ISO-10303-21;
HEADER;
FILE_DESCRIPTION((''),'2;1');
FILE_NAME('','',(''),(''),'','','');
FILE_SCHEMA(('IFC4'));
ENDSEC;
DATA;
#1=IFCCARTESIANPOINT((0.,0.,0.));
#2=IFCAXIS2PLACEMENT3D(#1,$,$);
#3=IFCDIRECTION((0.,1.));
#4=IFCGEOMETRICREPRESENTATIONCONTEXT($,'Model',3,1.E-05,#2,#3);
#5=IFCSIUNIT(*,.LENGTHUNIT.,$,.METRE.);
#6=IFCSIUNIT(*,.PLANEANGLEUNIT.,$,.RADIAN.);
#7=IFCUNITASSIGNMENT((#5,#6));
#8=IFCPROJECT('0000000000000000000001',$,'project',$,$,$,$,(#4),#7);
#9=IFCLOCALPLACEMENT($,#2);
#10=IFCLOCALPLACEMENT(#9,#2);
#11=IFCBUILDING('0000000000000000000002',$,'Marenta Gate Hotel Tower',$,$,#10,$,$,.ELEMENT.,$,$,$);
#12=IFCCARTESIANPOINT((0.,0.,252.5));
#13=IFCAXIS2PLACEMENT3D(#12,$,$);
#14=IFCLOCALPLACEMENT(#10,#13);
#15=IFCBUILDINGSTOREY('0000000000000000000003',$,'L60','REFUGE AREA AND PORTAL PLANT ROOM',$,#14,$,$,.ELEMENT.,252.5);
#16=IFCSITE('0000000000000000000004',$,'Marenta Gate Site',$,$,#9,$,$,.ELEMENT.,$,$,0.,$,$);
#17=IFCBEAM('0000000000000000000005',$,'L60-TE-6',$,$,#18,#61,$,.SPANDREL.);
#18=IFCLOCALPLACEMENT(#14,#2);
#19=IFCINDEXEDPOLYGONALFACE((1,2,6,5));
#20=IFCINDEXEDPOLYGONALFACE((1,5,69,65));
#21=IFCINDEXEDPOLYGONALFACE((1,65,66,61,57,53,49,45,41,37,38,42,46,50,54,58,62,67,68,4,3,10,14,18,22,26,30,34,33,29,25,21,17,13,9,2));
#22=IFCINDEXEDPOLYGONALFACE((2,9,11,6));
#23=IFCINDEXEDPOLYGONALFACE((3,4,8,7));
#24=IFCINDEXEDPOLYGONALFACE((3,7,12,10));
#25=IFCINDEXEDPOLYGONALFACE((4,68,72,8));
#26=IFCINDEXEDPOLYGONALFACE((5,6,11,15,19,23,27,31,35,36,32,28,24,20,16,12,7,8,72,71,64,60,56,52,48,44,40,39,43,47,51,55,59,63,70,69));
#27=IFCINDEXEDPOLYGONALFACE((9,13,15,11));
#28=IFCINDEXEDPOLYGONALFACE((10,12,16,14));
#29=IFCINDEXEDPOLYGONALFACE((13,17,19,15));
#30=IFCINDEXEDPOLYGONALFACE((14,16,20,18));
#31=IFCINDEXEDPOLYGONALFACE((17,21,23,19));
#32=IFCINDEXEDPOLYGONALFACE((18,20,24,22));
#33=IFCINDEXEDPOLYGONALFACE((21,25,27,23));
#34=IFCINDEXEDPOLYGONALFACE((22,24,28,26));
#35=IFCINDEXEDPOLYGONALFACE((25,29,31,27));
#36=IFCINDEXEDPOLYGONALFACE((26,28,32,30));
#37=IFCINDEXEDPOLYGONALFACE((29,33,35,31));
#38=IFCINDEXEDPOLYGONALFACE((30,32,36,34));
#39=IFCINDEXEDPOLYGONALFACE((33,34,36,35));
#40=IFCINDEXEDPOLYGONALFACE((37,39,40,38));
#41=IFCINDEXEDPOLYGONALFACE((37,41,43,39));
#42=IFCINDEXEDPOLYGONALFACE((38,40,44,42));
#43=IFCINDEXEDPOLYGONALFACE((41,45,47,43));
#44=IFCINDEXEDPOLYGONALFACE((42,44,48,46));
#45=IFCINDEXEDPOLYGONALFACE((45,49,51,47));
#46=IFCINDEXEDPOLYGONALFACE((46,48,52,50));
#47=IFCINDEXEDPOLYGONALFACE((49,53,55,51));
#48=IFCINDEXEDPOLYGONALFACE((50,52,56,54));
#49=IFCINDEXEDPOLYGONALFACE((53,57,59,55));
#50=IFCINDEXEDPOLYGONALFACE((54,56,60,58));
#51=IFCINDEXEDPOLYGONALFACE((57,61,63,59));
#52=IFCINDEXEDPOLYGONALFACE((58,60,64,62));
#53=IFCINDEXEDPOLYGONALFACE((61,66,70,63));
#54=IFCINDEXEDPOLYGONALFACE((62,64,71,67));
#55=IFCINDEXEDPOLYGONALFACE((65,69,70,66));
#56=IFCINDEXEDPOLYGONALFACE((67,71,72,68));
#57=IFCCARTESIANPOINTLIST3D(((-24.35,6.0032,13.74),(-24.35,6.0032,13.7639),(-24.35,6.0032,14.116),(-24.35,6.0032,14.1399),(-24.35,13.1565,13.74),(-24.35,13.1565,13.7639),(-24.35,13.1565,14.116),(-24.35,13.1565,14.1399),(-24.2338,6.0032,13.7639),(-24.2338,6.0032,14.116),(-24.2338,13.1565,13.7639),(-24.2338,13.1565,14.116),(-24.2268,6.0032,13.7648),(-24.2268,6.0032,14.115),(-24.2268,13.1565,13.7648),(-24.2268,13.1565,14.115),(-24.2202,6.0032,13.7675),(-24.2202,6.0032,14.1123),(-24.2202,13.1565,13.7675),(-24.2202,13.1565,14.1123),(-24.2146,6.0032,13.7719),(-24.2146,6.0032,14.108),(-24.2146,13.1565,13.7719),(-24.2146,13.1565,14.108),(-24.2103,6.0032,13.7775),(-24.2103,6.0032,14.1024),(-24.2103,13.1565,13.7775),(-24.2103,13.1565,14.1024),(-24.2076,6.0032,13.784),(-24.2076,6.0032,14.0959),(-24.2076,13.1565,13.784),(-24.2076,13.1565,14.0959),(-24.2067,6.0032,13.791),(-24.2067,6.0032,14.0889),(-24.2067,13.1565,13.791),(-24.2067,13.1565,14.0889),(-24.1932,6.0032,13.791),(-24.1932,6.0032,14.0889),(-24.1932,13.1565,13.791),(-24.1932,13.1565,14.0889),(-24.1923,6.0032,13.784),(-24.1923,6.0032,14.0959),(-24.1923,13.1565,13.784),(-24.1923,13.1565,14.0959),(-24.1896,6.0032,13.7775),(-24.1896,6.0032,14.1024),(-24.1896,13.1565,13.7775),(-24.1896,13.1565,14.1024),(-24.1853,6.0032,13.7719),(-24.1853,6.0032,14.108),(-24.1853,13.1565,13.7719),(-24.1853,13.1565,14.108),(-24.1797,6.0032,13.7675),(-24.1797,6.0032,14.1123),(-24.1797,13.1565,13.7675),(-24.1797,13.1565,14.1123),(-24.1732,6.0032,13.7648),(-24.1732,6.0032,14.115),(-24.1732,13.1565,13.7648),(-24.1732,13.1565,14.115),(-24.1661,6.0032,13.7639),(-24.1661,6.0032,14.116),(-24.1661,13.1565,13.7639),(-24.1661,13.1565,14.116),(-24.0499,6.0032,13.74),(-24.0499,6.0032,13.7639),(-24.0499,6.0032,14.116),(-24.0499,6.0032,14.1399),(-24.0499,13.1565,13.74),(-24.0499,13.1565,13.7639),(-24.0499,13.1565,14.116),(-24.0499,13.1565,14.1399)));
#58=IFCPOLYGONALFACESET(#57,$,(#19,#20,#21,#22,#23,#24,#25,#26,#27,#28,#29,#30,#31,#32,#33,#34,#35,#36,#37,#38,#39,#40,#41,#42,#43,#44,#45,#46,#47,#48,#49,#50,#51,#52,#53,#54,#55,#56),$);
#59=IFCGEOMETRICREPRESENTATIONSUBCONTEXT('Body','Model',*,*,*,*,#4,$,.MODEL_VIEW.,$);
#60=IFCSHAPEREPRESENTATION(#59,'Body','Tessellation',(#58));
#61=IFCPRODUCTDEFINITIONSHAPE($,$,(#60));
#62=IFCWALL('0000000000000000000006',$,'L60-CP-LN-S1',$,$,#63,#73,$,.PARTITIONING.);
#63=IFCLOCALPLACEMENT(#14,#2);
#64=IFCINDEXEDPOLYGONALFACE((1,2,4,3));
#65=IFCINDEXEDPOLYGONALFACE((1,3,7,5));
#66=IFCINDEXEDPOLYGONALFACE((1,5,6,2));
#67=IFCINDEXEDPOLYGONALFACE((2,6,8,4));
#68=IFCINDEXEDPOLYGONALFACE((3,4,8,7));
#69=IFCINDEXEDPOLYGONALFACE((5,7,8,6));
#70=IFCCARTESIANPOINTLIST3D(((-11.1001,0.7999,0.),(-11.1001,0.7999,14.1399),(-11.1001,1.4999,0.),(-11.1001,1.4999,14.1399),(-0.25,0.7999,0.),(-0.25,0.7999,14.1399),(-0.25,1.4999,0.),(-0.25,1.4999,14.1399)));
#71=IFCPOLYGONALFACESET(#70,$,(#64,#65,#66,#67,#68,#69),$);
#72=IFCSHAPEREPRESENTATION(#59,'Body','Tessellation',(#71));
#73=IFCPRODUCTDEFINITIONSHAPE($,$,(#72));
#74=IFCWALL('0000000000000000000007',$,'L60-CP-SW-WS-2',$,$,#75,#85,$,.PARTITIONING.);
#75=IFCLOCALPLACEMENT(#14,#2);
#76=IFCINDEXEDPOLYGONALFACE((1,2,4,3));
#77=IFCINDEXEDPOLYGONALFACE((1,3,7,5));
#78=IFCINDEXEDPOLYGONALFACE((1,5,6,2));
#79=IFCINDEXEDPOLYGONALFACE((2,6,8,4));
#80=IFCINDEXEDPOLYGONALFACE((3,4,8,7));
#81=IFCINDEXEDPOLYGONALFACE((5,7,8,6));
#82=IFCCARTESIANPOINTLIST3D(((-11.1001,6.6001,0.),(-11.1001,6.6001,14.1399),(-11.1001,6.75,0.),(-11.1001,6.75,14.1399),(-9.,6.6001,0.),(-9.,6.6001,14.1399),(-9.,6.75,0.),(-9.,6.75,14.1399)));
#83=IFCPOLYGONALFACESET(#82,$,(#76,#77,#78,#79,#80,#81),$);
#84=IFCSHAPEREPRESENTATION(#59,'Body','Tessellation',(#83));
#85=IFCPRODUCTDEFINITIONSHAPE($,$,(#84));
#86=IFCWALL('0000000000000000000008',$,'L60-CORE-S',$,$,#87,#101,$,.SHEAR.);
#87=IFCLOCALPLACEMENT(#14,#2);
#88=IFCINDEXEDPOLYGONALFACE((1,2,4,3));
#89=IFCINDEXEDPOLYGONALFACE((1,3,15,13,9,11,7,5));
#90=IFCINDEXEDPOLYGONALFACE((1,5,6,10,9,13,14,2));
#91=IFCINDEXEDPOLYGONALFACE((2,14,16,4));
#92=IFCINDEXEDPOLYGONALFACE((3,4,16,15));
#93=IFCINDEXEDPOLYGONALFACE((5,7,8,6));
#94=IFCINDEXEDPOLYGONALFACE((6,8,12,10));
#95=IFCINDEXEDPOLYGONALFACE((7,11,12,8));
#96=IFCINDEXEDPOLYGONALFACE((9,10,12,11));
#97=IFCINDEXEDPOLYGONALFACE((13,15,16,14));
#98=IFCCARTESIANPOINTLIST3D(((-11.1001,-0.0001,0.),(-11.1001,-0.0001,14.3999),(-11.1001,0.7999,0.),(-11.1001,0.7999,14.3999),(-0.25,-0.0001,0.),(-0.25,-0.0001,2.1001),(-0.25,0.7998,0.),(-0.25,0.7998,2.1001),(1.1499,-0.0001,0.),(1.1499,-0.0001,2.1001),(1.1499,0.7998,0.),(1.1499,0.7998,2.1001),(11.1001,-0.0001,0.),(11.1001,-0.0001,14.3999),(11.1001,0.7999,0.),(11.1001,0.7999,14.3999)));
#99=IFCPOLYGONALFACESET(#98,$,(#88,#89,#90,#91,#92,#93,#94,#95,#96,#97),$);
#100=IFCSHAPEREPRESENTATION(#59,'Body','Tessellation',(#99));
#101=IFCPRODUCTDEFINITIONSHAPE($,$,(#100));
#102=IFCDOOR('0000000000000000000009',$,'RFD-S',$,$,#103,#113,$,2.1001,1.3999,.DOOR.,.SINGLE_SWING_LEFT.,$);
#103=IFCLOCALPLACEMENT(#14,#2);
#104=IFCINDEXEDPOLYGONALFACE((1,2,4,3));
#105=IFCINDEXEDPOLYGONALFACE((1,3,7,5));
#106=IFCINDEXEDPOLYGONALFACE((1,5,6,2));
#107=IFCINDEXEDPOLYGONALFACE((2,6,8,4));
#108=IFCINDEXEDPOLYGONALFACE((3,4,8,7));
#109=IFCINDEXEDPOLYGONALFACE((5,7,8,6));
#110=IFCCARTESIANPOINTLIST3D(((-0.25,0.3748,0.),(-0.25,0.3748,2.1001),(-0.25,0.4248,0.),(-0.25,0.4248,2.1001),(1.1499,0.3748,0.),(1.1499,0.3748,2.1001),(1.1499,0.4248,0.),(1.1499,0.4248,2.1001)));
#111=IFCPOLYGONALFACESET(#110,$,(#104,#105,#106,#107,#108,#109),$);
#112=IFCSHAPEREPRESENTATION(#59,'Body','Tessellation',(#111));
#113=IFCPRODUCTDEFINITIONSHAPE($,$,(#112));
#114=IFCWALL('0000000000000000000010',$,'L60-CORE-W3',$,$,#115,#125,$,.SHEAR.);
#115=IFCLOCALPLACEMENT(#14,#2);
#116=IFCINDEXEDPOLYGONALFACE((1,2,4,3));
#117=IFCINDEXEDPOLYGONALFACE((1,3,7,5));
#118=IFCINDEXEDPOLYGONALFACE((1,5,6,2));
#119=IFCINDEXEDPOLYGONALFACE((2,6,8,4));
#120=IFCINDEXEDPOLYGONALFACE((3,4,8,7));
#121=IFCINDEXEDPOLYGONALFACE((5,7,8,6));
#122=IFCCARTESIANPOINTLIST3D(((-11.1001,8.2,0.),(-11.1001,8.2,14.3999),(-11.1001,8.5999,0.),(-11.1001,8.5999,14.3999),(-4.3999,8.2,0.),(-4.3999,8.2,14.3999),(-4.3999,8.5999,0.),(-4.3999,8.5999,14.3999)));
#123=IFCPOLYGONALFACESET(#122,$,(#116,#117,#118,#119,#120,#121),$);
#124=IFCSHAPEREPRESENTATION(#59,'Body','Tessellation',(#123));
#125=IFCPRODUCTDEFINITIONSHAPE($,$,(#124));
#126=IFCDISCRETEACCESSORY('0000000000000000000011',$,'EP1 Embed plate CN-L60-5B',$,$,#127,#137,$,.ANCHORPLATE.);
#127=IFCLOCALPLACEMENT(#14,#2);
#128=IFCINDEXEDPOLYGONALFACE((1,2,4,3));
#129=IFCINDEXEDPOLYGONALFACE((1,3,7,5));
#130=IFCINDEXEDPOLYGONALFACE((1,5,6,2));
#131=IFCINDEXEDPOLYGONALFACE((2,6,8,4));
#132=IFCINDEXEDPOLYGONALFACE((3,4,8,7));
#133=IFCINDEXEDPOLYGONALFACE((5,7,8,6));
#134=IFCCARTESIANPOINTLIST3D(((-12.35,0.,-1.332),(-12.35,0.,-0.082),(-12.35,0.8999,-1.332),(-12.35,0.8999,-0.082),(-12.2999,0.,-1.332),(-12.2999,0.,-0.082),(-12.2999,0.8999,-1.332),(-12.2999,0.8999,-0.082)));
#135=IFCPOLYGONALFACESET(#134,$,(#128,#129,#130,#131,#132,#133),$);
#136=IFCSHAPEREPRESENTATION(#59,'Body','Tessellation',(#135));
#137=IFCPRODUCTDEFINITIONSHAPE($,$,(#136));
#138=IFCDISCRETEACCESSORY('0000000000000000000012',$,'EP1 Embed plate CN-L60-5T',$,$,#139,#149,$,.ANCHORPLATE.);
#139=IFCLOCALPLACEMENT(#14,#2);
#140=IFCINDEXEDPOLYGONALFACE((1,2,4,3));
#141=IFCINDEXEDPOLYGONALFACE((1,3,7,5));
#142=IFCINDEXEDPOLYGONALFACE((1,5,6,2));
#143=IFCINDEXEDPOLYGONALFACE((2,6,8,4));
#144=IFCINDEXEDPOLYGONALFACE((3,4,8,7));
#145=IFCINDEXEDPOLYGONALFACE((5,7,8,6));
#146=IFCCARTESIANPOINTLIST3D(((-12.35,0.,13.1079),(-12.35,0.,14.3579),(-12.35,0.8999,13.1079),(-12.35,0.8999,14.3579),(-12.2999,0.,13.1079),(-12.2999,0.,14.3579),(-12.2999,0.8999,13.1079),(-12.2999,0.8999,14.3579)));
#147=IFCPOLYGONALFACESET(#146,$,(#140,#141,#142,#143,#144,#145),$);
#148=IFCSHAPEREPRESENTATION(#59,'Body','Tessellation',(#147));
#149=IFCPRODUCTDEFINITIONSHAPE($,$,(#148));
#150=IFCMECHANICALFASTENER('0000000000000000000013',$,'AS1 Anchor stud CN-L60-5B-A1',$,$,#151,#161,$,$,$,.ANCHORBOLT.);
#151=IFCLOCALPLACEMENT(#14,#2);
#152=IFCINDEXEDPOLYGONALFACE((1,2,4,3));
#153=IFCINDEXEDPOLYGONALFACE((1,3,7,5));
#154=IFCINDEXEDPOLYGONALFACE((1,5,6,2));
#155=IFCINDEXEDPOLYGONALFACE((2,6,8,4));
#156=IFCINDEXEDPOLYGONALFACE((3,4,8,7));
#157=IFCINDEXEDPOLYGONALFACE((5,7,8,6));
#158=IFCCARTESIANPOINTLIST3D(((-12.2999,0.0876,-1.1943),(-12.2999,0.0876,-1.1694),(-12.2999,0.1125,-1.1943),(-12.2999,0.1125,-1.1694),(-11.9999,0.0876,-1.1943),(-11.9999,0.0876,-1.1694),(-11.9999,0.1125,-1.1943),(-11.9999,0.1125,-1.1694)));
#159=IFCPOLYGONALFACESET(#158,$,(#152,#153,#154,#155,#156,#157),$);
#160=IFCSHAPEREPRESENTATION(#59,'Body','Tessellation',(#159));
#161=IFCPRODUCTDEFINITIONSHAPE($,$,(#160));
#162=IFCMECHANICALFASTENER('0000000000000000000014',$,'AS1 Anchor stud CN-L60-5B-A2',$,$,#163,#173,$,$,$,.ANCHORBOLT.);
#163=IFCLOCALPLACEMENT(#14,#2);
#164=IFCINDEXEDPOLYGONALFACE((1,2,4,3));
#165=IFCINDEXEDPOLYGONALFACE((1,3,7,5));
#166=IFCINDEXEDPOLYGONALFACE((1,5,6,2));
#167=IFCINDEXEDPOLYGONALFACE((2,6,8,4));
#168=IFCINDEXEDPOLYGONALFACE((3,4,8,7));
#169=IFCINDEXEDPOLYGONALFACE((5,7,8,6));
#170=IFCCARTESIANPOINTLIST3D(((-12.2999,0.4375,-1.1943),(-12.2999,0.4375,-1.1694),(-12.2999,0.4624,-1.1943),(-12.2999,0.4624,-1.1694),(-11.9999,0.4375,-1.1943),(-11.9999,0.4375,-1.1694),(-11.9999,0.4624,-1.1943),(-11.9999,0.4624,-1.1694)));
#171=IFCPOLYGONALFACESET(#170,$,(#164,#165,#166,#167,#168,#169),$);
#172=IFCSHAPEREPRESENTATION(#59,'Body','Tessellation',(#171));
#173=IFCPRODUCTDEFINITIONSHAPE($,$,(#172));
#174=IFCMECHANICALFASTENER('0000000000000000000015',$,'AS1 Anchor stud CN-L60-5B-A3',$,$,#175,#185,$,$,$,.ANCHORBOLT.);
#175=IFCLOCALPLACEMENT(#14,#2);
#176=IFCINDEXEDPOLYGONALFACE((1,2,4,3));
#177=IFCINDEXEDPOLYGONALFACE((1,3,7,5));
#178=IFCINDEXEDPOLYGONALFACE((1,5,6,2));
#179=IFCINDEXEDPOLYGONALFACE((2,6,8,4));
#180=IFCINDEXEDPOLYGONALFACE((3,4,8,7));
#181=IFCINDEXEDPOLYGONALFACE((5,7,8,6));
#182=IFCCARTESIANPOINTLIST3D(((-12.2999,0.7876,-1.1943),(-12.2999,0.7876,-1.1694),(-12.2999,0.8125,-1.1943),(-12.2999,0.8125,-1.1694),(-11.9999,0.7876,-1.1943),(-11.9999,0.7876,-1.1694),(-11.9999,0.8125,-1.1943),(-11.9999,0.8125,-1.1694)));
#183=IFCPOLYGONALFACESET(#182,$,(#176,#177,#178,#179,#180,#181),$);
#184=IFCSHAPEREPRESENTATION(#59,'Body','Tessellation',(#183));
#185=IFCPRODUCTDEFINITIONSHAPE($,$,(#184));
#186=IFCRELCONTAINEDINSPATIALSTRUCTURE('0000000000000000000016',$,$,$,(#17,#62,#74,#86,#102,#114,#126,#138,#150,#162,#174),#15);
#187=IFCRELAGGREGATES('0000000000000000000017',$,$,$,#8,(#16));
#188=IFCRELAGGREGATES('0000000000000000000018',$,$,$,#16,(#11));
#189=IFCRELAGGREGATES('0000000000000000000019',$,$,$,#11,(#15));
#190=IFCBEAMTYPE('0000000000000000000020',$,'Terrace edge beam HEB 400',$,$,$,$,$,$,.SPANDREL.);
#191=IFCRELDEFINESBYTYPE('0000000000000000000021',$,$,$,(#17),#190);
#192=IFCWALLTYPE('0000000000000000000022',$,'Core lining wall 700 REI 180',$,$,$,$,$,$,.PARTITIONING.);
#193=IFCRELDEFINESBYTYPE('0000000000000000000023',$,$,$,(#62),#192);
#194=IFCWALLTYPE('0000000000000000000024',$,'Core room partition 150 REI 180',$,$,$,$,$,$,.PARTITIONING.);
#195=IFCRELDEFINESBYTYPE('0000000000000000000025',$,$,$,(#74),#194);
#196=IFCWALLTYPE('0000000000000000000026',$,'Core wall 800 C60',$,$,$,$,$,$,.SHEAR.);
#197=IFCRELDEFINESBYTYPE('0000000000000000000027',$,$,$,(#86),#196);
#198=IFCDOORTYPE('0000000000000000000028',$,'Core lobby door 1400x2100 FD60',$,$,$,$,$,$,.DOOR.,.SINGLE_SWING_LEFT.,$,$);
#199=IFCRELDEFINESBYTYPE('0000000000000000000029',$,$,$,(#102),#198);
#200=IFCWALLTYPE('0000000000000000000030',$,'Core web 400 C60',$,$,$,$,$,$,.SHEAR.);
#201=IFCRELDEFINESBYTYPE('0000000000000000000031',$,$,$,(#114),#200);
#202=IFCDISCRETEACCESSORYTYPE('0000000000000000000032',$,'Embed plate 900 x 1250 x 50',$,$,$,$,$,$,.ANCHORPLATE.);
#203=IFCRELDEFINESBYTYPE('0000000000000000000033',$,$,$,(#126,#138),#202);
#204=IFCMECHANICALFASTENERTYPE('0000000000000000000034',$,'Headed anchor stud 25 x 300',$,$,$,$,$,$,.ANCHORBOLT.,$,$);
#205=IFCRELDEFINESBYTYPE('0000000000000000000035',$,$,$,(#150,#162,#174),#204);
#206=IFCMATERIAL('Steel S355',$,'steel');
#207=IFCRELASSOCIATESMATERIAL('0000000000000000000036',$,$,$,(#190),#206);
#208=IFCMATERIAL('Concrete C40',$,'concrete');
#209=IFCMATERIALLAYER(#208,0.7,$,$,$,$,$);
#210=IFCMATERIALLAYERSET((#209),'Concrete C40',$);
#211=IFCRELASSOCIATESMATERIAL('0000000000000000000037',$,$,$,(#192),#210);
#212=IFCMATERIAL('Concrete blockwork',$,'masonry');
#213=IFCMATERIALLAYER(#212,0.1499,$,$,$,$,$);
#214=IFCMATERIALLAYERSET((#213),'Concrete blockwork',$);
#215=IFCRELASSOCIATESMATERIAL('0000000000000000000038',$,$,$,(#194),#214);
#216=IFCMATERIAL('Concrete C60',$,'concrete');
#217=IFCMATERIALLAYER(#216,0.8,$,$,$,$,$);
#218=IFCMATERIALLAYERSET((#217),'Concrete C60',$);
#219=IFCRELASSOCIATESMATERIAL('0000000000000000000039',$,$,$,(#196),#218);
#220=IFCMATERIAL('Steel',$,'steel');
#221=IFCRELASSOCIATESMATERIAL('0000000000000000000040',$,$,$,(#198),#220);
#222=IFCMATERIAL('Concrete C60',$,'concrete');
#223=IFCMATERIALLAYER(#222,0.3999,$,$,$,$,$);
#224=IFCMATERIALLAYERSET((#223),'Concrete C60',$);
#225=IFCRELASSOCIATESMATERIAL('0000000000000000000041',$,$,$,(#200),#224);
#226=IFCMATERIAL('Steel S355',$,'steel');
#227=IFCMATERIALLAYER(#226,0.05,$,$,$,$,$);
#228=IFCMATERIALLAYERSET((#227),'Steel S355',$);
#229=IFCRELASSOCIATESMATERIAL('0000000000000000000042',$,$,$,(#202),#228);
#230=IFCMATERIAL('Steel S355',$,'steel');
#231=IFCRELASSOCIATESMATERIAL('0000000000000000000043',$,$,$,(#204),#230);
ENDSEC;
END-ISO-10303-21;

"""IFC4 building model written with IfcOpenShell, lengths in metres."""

from ifc_helpers import new_model, si_unit, direction, frame, frame_2d, origin, origin_2d, place, context, subcontext, project, spatial, rectangle, i_section, extrude, material, layer, layer_set, material_profile, profile_set, type_object, element, fill, save


model = new_model("IFC4")

# Units and contexts
model_context = context("Model", 3, precision=1e-05, world=origin(), true_north=direction((0.0, 1.0)))
body_context = subcontext(model_context, "Body", "Model", "MODEL_VIEW")
ifc_project = project(units=[si_unit("LENGTHUNIT", "METRE"), si_unit("PLANEANGLEUNIT", "RADIAN")], contexts=[model_context])

# Site, building, storey
site_placement = place(None, origin())
site = spatial("IfcSite", under=ifc_project, at=site_placement, Name="Marenta Gate Site", CompositionType="ELEMENT", RefElevation=0.0)
building_placement = place(site_placement, origin())
building = spatial("IfcBuilding", under=site, at=building_placement, Name="Marenta Gate Hotel Tower", CompositionType="ELEMENT")
storey_placement = place(building_placement, frame((0.0, 0.0, 252.5)))
storey = spatial("IfcBuildingStorey", under=building, at=storey_placement, Name="L60", Description="REFUGE AREA AND PORTAL PLANT ROOM", CompositionType="ELEMENT", Elevation=252.5)

# Beam
ifc_material_1 = material(Name="Steel S355", Category="steel")
ifc_material_profile_1 = material_profile(ifc_material_1, i_section(OverallWidth=0.3, OverallDepth=0.3999, WebThickness=0.0134, FlangeThickness=0.0239, FilletRadius=0.0271, at=origin_2d()), Name="HEB 400")
ifc_profile_set_1 = profile_set([ifc_material_profile_1], Name="Steel S355")
beam_type_1 = type_object("IfcBeamType", Name="Terrace edge beam HEB 400", PredefinedType="SPANDREL", material=ifc_profile_set_1)
beam_1_placement = place(storey_placement, frame((-24.2, 6.0032, 13.9399), z_axis=(0.0, 1.0, 0.0), x_axis=(-1.0, 0.0, 0.0)))
element("IfcBeam", 1, at=beam_1_placement, inside=storey, type_object=beam_type_1, Name="L60-TE-6", PredefinedType="SPANDREL", context=body_context, shape_type="SweptSolid", body=[
    extrude(i_section(OverallWidth=0.3, OverallDepth=0.3999, WebThickness=0.0134, FlangeThickness=0.0239, FilletRadius=0.0271, at=origin_2d()), origin(), (0.0, 0.0, 1.0), 7.1533),
])

# Walls
ifc_material_2 = material(Name="Concrete C40", Category="concrete")
ifc_layer_1 = layer(ifc_material_2, 0.7)
ifc_layer_set_1 = layer_set([ifc_layer_1], Name="Concrete C40")
wall_type_1 = type_object("IfcWallType", Name="Core lining wall 700 REI 180", PredefinedType="PARTITIONING", material=ifc_layer_set_1)
wall_1_placement = place(storey_placement, frame((-11.1001, 1.1499, 0.0), z_axis=(0.0, 0.0, 1.0), x_axis=(1.0, 0.0, 0.0)))
element("IfcWall", 2, at=wall_1_placement, inside=storey, type_object=wall_type_1, Name="L60-CP-LN-S1", PredefinedType="PARTITIONING", context=body_context, shape_type="SweptSolid", body=[
    extrude(rectangle(XDim=10.8501, YDim=0.7, at=frame_2d((5.425, 0.0))), origin(), (0.0, 0.0, 1.0), 14.1399),
])
ifc_material_3 = material(Name="Concrete blockwork", Category="masonry")
ifc_layer_2 = layer(ifc_material_3, 0.1499)
ifc_layer_set_2 = layer_set([ifc_layer_2], Name="Concrete blockwork")
wall_type_2 = type_object("IfcWallType", Name="Core room partition 150 REI 180", PredefinedType="PARTITIONING", material=ifc_layer_set_2)
wall_2_placement = place(storey_placement, frame((-11.1001, 6.675, 0.0), z_axis=(0.0, 0.0, 1.0), x_axis=(1.0, 0.0, 0.0)))
element("IfcWall", 3, at=wall_2_placement, inside=storey, type_object=wall_type_2, Name="L60-CP-SW-WS-2", PredefinedType="PARTITIONING", context=body_context, shape_type="SweptSolid", body=[
    extrude(rectangle(XDim=2.1001, YDim=0.1499, at=frame_2d((1.05, 0.0))), origin(), (0.0, 0.0, 1.0), 14.1399),
])

# Wall, opening, door
ifc_material_4 = material(Name="Concrete C60", Category="concrete")
ifc_layer_3 = layer(ifc_material_4, 0.8)
ifc_layer_set_3 = layer_set([ifc_layer_3], Name="Concrete C60")
wall_type_3 = type_object("IfcWallType", Name="Core wall 800 C60", PredefinedType="SHEAR", material=ifc_layer_set_3)
wall_3_placement = place(storey_placement, frame((-11.1001, 0.3999, 0.0), z_axis=(0.0, 0.0, 1.0), x_axis=(1.0, 0.0, 0.0)))
wall_3 = element("IfcWall", 4, at=wall_3_placement, inside=storey, type_object=wall_type_3, Name="L60-CORE-S", PredefinedType="SHEAR", context=body_context, shape_type="SweptSolid", body=[
    extrude(rectangle(XDim=22.2002, YDim=0.8, at=frame_2d((11.1001, 0.0))), origin(), (0.0, 0.0, 1.0), 14.3999),
])
opening_placement = place(wall_3_placement, frame((10.8501, 0.0, 0.0)))
opening = element("IfcOpeningElement", 5, at=opening_placement, cuts=wall_3, PredefinedType="OPENING", context=body_context, shape_type="SweptSolid", body=[
    extrude(rectangle(XDim=1.3999, YDim=2.1001, at=frame_2d((0.7, 1.05))), frame((0.0, 0.3999, 0.0), z_axis=(0.0, -1.0, 0.0), x_axis=(1.0, 0.0, 0.0)), (0.0, 0.0, 1.0), 0.8),
])
ifc_material_5 = material(Name="Steel", Category="steel")
door_type = type_object("IfcDoorType", Name="Core lobby door 1400x2100 FD60", OperationType="SINGLE_SWING_LEFT", PredefinedType="DOOR", material=ifc_material_5)
door_placement = place(opening_placement, origin())
door = element("IfcDoor", 6, at=door_placement, inside=storey, type_object=door_type, Name="RFD-S", OperationType="SINGLE_SWING_LEFT", OverallHeight=2.1001, OverallWidth=1.3999, PredefinedType="DOOR", context=body_context, shape_type="SweptSolid", body=[
    extrude(rectangle(XDim=1.3999, YDim=2.1001, at=frame_2d((0.7, 1.05))), frame((0.0, 0.0249, 0.0), z_axis=(0.0, -1.0, 0.0), x_axis=(1.0, 0.0, 0.0)), (0.0, 0.0, 1.0), 0.05),
])
fill(opening, door)

# Wall
ifc_material_6 = material(Name="Concrete C60", Category="concrete")
ifc_layer_4 = layer(ifc_material_6, 0.3999)
ifc_layer_set_4 = layer_set([ifc_layer_4], Name="Concrete C60")
wall_type_4 = type_object("IfcWallType", Name="Core web 400 C60", PredefinedType="SHEAR", material=ifc_layer_set_4)
wall_4_placement = place(storey_placement, frame((-11.1001, 8.3999, 0.0), z_axis=(0.0, 0.0, 1.0), x_axis=(1.0, 0.0, 0.0)))
element("IfcWall", 7, at=wall_4_placement, inside=storey, type_object=wall_type_4, Name="L60-CORE-W3", PredefinedType="SHEAR", context=body_context, shape_type="SweptSolid", body=[
    extrude(rectangle(XDim=6.7002, YDim=0.3999, at=frame_2d((3.3501, 0.0))), origin(), (0.0, 0.0, 1.0), 14.3999),
])

# Discrete accessories
ifc_material_7 = material(Name="Steel S355", Category="steel")
ifc_layer_5 = layer(ifc_material_7, 0.05)
ifc_layer_set_5 = layer_set([ifc_layer_5], Name="Steel S355")
discrete_accessory_type_1 = type_object("IfcDiscreteAccessoryType", Name="Embed plate 900 x 1250 x 50", PredefinedType="ANCHORPLATE", material=ifc_layer_set_5)
for number, where, z_axis, x_axis, name in (
    (8, (-12.325, 0.45, -1.332), (0.0, 0.0, 1.0), (1.0, 0.0, 0.0), "EP1 Embed plate CN-L60-5B"),
    (9, (-12.325, 0.45, 13.1079), (0.0, 0.0, 1.0), (1.0, 0.0, 0.0), "EP1 Embed plate CN-L60-5T"),
):
    element("IfcDiscreteAccessory", number, at=place(storey_placement, frame(where, z_axis=z_axis, x_axis=x_axis)), inside=storey, type_object=discrete_accessory_type_1, Name=name, PredefinedType="ANCHORPLATE", context=body_context, shape_type="SweptSolid", body=[
        extrude(rectangle(XDim=0.05, YDim=0.8999, at=origin_2d()), origin(), (0.0, 0.0, 1.0), 1.25),
    ])

# Mechanical fasteners
ifc_material_8 = material(Name="Steel S355", Category="steel")
mechanical_fastener_type = type_object("IfcMechanicalFastenerType", Name="Headed anchor stud 25 x 300", PredefinedType="ANCHORBOLT", material=ifc_material_8)
for number, where, z_axis, x_axis, name in (
    (10, (-12.1499, 0.1001, -1.1943), (0.0, 0.0, 1.0), (1.0, 0.0, 0.0), "AS1 Anchor stud CN-L60-5B-A1"),
    (11, (-12.1499, 0.45, -1.1943), (0.0, 0.0, 1.0), (1.0, 0.0, 0.0), "AS1 Anchor stud CN-L60-5B-A2"),
    (12, (-12.1499, 0.8, -1.1943), (0.0, 0.0, 1.0), (1.0, 0.0, 0.0), "AS1 Anchor stud CN-L60-5B-A3"),
):
    element("IfcMechanicalFastener", number, at=place(storey_placement, frame(where, z_axis=z_axis, x_axis=x_axis)), inside=storey, type_object=mechanical_fastener_type, Name=name, PredefinedType="ANCHORBOLT", context=body_context, shape_type="SweptSolid", body=[
        extrude(rectangle(XDim=0.3, YDim=0.0249, at=origin_2d()), origin(), (0.0, 0.0, 1.0), 0.0249),
    ])

save(model, "model.ifc")
